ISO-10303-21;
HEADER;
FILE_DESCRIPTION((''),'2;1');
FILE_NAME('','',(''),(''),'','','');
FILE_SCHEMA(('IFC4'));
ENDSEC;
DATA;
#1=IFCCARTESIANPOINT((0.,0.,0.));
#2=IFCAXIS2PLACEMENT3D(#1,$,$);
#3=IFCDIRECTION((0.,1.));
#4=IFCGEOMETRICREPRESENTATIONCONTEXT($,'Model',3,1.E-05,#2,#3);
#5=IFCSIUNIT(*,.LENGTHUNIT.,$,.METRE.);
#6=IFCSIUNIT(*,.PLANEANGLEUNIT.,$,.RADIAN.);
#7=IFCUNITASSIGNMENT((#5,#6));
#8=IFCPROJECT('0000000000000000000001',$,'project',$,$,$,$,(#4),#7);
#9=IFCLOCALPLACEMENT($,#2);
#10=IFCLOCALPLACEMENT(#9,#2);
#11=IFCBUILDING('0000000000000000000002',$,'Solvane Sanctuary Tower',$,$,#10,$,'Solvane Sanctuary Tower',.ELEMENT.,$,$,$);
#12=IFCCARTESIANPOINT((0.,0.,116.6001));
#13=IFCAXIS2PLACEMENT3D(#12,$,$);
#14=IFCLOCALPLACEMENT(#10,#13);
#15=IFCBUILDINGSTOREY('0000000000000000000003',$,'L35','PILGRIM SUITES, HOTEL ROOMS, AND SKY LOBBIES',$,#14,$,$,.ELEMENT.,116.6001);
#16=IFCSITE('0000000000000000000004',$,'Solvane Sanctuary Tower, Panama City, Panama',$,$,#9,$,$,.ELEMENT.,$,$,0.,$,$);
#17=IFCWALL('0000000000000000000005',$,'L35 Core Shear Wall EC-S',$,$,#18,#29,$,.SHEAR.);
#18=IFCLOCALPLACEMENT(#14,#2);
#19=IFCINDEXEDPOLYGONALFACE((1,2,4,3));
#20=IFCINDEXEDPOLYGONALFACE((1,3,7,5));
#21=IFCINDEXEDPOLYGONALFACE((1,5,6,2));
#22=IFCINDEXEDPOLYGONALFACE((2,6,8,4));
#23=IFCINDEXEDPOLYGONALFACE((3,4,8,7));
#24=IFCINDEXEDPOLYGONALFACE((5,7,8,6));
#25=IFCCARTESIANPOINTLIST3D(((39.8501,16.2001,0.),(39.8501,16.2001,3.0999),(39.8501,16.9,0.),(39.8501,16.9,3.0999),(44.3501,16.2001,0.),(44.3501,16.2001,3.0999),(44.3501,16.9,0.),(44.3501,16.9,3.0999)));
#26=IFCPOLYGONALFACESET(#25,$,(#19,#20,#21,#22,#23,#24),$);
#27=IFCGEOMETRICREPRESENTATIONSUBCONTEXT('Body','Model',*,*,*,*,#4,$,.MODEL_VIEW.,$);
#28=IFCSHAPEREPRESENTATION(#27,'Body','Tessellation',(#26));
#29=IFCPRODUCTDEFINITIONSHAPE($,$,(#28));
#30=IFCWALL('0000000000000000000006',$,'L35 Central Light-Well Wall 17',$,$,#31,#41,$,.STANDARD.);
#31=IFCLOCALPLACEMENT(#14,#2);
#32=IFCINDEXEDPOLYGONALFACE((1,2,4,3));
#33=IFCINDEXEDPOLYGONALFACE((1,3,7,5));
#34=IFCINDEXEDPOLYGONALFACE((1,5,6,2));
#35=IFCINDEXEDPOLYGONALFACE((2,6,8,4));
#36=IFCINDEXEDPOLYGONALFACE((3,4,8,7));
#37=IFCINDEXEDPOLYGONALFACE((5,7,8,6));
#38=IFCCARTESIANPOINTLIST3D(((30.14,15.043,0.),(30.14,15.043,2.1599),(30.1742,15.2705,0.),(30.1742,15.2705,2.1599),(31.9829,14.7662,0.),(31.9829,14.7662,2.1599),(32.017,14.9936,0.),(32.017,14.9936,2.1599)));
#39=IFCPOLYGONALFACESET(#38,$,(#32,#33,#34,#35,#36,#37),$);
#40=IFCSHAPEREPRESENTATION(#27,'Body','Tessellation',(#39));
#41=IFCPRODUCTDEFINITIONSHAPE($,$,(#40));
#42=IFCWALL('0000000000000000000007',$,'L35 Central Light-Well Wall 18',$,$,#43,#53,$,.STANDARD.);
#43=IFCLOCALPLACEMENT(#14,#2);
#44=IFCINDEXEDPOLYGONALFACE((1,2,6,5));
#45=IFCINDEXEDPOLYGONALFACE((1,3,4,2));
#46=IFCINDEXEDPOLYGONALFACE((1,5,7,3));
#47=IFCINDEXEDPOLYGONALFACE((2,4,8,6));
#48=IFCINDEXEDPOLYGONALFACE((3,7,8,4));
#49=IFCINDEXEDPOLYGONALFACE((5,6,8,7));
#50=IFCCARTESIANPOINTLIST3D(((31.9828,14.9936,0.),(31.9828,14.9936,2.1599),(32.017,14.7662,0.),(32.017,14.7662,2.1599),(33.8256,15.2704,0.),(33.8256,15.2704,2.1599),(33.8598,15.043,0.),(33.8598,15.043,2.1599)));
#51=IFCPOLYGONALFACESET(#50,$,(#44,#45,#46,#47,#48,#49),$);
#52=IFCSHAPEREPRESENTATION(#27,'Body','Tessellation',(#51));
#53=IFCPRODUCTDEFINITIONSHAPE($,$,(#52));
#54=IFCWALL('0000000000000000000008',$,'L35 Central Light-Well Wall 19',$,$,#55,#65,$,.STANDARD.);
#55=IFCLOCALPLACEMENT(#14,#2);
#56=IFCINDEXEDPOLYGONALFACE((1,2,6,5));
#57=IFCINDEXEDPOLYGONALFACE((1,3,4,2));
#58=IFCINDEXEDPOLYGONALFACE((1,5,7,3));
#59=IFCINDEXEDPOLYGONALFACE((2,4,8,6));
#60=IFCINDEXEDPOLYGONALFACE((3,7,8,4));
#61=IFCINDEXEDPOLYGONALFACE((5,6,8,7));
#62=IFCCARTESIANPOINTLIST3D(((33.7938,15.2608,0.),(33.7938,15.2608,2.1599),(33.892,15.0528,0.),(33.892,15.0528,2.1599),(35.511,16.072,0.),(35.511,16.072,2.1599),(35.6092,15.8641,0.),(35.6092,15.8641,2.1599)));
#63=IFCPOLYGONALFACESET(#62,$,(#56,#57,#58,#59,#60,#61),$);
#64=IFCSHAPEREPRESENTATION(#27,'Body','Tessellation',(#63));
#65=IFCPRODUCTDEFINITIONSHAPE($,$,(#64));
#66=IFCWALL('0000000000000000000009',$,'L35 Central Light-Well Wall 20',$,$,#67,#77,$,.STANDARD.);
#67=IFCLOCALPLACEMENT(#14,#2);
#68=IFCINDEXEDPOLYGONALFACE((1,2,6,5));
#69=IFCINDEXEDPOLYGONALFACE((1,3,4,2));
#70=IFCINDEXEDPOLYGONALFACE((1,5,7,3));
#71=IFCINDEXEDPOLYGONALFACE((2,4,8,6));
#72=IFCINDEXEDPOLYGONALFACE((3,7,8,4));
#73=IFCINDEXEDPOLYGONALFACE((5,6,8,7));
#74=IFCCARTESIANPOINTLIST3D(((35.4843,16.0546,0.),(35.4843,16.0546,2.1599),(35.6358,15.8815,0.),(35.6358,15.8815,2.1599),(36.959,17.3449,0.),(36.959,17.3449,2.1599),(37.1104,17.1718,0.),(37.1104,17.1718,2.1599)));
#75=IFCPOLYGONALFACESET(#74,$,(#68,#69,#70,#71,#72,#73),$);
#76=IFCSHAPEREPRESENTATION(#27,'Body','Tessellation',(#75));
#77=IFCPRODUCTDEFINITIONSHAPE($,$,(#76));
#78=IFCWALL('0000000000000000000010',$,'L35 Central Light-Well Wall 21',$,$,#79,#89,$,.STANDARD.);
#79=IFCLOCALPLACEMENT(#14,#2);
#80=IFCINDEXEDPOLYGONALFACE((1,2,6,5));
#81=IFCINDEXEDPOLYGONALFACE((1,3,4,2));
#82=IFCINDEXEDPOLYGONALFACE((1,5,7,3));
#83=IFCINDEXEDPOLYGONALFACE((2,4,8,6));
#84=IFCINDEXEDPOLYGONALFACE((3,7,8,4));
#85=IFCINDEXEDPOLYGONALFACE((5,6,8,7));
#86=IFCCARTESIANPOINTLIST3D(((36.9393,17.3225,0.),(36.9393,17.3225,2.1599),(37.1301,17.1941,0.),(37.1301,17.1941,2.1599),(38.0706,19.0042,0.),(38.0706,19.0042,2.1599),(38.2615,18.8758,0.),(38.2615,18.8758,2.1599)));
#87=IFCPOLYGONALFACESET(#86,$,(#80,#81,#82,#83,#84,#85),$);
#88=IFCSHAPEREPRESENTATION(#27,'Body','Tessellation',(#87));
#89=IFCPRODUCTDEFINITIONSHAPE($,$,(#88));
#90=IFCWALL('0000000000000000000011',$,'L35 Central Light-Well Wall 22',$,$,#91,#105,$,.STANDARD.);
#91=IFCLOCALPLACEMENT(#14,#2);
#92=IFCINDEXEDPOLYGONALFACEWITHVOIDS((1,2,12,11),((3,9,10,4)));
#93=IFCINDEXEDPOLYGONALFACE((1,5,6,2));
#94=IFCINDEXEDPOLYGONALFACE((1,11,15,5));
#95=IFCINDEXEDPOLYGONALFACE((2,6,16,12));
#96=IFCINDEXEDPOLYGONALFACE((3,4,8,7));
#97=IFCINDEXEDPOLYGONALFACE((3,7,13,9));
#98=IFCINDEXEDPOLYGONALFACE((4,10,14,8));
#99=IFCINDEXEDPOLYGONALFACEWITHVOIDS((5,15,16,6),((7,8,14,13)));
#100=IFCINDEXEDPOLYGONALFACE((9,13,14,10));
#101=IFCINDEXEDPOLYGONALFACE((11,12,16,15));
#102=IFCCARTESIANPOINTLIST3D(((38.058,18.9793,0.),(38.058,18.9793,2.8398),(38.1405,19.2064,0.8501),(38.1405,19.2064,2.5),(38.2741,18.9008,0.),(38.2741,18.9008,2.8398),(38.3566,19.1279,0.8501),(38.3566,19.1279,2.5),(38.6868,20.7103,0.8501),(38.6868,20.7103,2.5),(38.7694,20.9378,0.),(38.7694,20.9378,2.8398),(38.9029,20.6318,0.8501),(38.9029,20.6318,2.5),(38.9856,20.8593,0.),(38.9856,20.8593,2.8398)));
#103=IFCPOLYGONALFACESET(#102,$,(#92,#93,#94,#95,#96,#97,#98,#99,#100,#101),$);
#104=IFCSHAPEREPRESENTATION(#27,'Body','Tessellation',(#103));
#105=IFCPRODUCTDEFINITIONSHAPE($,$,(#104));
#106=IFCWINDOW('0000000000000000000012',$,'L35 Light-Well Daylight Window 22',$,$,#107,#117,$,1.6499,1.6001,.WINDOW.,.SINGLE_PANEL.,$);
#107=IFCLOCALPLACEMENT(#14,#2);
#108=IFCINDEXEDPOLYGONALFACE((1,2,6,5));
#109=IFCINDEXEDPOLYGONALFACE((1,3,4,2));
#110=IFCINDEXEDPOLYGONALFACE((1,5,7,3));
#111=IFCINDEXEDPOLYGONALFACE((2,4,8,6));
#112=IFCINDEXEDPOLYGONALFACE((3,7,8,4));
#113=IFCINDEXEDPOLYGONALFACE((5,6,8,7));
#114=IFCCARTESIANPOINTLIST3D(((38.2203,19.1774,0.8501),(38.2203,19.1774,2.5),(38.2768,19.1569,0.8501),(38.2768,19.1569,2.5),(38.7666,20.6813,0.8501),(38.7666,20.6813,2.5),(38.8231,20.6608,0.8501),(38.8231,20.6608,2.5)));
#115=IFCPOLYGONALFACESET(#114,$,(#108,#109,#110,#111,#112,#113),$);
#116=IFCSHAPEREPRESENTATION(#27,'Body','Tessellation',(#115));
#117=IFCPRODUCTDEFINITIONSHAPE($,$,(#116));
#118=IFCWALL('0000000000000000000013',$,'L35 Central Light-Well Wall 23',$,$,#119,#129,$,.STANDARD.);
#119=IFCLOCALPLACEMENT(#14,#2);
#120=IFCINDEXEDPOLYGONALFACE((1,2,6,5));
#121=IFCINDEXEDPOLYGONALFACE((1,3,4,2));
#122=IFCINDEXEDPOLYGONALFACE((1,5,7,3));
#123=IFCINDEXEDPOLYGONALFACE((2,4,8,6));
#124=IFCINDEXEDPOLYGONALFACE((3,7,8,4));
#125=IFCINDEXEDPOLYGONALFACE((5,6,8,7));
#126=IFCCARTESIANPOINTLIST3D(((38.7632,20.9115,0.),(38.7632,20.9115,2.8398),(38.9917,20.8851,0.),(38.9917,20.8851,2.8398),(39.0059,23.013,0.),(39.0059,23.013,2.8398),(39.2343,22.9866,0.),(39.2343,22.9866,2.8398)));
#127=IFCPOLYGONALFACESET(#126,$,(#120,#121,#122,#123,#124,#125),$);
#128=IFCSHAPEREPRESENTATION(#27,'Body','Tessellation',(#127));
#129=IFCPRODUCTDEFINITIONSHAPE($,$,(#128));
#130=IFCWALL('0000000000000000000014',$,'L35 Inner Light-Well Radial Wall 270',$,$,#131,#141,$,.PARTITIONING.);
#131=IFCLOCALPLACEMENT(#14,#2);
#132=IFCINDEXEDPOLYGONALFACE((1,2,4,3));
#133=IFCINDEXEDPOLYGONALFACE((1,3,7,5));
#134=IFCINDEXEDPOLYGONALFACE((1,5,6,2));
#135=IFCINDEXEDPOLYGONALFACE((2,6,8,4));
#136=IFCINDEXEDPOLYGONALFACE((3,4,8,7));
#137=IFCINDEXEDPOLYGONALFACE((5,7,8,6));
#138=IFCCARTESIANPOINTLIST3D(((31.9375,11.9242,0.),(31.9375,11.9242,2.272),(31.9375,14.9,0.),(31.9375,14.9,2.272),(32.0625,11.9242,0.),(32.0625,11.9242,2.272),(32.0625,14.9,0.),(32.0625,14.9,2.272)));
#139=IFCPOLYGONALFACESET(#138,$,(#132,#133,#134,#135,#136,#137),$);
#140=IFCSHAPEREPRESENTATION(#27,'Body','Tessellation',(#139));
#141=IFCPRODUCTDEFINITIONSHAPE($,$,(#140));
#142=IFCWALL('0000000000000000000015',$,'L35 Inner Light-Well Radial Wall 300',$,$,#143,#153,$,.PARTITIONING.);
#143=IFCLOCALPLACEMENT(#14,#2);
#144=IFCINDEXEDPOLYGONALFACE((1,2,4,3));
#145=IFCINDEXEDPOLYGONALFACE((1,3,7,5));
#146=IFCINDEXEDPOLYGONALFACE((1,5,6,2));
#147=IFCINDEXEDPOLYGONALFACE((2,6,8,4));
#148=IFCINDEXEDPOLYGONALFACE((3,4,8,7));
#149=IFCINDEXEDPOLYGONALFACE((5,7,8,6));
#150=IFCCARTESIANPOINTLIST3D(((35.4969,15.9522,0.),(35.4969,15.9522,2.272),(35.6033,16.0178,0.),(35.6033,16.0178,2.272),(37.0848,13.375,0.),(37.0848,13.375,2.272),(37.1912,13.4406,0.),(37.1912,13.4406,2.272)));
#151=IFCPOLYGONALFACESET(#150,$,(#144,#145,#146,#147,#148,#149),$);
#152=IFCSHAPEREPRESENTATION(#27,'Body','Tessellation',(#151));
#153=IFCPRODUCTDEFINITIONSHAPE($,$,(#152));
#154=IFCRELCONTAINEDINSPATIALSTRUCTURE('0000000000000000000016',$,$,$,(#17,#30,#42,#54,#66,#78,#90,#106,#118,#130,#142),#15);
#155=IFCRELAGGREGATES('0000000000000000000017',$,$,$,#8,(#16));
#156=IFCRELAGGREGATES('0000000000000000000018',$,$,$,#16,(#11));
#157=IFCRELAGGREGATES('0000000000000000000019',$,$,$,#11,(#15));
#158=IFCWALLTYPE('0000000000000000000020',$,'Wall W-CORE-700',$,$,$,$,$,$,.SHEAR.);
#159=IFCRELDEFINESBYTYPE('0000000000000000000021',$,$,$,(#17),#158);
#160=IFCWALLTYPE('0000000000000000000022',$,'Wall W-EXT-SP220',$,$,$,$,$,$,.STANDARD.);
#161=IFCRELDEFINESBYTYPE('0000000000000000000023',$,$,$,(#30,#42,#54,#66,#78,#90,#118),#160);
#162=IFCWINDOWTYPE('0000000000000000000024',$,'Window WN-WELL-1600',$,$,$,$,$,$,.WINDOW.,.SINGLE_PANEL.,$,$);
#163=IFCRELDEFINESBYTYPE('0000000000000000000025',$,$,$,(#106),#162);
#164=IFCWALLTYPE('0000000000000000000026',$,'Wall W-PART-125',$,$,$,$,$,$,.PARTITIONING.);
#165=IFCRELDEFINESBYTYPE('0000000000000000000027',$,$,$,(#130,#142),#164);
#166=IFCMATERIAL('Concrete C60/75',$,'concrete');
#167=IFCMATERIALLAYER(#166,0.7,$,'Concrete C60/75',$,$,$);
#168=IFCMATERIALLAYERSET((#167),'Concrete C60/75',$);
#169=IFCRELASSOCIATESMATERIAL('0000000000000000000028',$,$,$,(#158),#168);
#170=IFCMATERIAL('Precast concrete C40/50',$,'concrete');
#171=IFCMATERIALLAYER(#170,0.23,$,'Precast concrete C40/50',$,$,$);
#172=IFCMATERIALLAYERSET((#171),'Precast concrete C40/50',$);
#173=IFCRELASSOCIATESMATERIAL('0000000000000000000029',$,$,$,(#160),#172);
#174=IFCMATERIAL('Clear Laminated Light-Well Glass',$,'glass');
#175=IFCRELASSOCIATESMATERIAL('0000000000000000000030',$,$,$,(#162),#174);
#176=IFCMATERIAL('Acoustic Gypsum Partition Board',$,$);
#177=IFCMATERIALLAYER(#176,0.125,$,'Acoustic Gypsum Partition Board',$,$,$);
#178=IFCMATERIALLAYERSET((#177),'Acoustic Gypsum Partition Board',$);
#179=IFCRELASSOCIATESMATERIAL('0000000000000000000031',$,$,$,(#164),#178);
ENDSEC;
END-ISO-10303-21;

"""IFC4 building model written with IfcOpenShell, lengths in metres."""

from ifc_helpers import new_model, si_unit, direction, frame, frame_2d, origin, place, context, subcontext, project, spatial, rectangle, extrude, material, layer, layer_set, type_object, element, fill, save


model = new_model("IFC4")

# Units and contexts
model_context = context("Model", 3, precision=1e-05, world=origin(), true_north=direction((0.0, 1.0)))
body_context = subcontext(model_context, "Body", "Model", "MODEL_VIEW")
ifc_project = project(units=[si_unit("LENGTHUNIT", "METRE"), si_unit("PLANEANGLEUNIT", "RADIAN")], contexts=[model_context])

# Site, building, storey
site_placement = place(None, origin())
site = spatial("IfcSite", under=ifc_project, at=site_placement, Name="Solvane Sanctuary Tower, Panama City, Panama", CompositionType="ELEMENT", RefElevation=0.0)
building_placement = place(site_placement, origin())
building = spatial("IfcBuilding", under=site, at=building_placement, Name="Solvane Sanctuary Tower", LongName="Solvane Sanctuary Tower", CompositionType="ELEMENT")
storey_placement = place(building_placement, frame((0.0, 0.0, 116.6001)))
storey = spatial("IfcBuildingStorey", under=building, at=storey_placement, Name="L35", Description="PILGRIM SUITES, HOTEL ROOMS, AND SKY LOBBIES", CompositionType="ELEMENT", Elevation=116.6001)

# Shared definitions
ifc_material_1 = material(Name="Concrete C60/75", Category="concrete")

# Walls
ifc_layer_1 = layer(ifc_material_1, 0.7, Name="Concrete C60/75")
ifc_layer_set_1 = layer_set([ifc_layer_1], Name="Concrete C60/75")
wall_type_1 = type_object("IfcWallType", Name="Wall W-CORE-700", PredefinedType="SHEAR", material=ifc_layer_set_1)
wall_1_placement = place(storey_placement, frame((39.8501, 16.55, 0.0), z_axis=(0.0, 0.0, 1.0), x_axis=(1.0, 0.0, 0.0)))
element("IfcWall", 1, at=wall_1_placement, inside=storey, type_object=wall_type_1, Name="L35 Core Shear Wall EC-S", PredefinedType="SHEAR", context=body_context, shape_type="SweptSolid", body=[
    extrude(rectangle(XDim=4.5, YDim=0.7, at=frame_2d((2.25, 0.0))), origin(), (0.0, 0.0, 1.0), 3.0999),
])
ifc_material_2 = material(Name="Precast concrete C40/50", Category="concrete")
ifc_layer_2 = layer(ifc_material_2, 0.23, Name="Precast concrete C40/50")
ifc_layer_set_2 = layer_set([ifc_layer_2], Name="Precast concrete C40/50")
wall_type_2 = type_object("IfcWallType", Name="Wall W-EXT-SP220", PredefinedType="STANDARD", material=ifc_layer_set_2)
for number, where, z_axis, x_axis, name in (
    (2, (30.1572, 15.1567, 0.0), (0.0, 0.0, 1.0), (0.988902, -0.148571, 0.0), "L35 Central Light-Well Wall 17"),
    (3, (32.0, 14.8799, 0.0), (0.0, 0.0, 1.0), (0.988902, 0.148571, 0.0), "L35 Central Light-Well Wall 18"),
):
    element("IfcWall", number, at=place(storey_placement, frame(where, z_axis=z_axis, x_axis=x_axis)), inside=storey, type_object=wall_type_2, Name=name, PredefinedType="STANDARD", context=body_context, shape_type="SweptSolid", body=[
        extrude(rectangle(XDim=1.8635, YDim=0.23, at=frame_2d((0.9316, 0.0))), origin(), (0.0, 0.0, 1.0), 2.1599),
    ])
wall_2_placement = place(storey_placement, frame((33.8428, 15.1567, 0.0), z_axis=(0.0, 0.0, 1.0), x_axis=(0.90418, 0.427152, 0.0)))
element("IfcWall", 4, at=wall_2_placement, inside=storey, type_object=wall_type_2, Name="L35 Central Light-Well Wall 19", PredefinedType="STANDARD", context=body_context, shape_type="SweptSolid", body=[
    extrude(rectangle(XDim=1.8992, YDim=0.23, at=frame_2d((0.9497, 0.0))), origin(), (0.0, 0.0, 1.0), 2.1599),
])
wall_3_placement = place(storey_placement, frame((35.5601, 15.968, 0.0), z_axis=(0.0, 0.0, 1.0), x_axis=(0.752577, 0.658505, 0.0)))
element("IfcWall", 5, at=wall_3_placement, inside=storey, type_object=wall_type_2, Name="L35 Central Light-Well Wall 20", PredefinedType="STANDARD", context=body_context, shape_type="SweptSolid", body=[
    extrude(rectangle(XDim=1.9595, YDim=0.23, at=frame_2d((0.9797, 0.0))), origin(), (0.0, 0.0, 1.0), 2.1599),
])
wall_4_placement = place(storey_placement, frame((37.0347, 17.2583, 0.0), z_axis=(0.0, 0.0, 1.0), x_axis=(0.558198, 0.829708, 0.0)))
element("IfcWall", 6, at=wall_4_placement, inside=storey, type_object=wall_type_2, Name="L35 Central Light-Well Wall 21", PredefinedType="STANDARD", context=body_context, shape_type="SweptSolid", body=[
    extrude(rectangle(XDim=2.0269, YDim=0.23, at=frame_2d((1.0134, 0.0))), origin(), (0.0, 0.0, 1.0), 2.1599),
])

# Wall, opening, window
wall_5_placement = place(storey_placement, frame((38.166, 18.9399, 0.0), z_axis=(0.0, 0.0, 1.0), x_axis=(0.341423, 0.93991, 0.0)))
wall_5 = element("IfcWall", 7, at=wall_5_placement, inside=storey, type_object=wall_type_2, Name="L35 Central Light-Well Wall 22", PredefinedType="STANDARD", context=body_context, shape_type="SweptSolid", body=[
    extrude(rectangle(XDim=2.0837, YDim=0.23, at=frame_2d((1.042, 0.0))), origin(), (0.0, 0.0, 1.0), 2.8398),
])
opening_placement = place(wall_5_placement, frame((0.2417, 0.0, 0.8501)))
opening = element("IfcOpeningElement", 8, at=opening_placement, cuts=wall_5, PredefinedType="OPENING", context=body_context, shape_type="SweptSolid", body=[
    extrude(rectangle(XDim=1.6001, YDim=1.6499, at=frame_2d((0.8, 0.825))), frame((0.0, 0.125, 0.0), z_axis=(0.0, -1.0, 0.0), x_axis=(1.0, 0.0, 0.0)), (0.0, 0.0, 1.0), 0.25),
])
ifc_material_3 = material(Name="Clear Laminated Light-Well Glass", Category="glass")
window_type = type_object("IfcWindowType", Name="Window WN-WELL-1600", PartitioningType="SINGLE_PANEL", PredefinedType="WINDOW", material=ifc_material_3)
window_placement = place(opening_placement, origin())
window = element("IfcWindow", 9, at=window_placement, inside=storey, type_object=window_type, Name="L35 Light-Well Daylight Window 22", OverallHeight=1.6499, OverallWidth=1.6001, PartitioningType="SINGLE_PANEL", PredefinedType="WINDOW", context=body_context, shape_type="SweptSolid", body=[
    extrude(rectangle(XDim=1.6001, YDim=1.6499, at=frame_2d((0.8, 0.825))), frame((0.0, 0.03, 0.0), z_axis=(0.0, -1.0, 0.0), x_axis=(1.0, 0.0, 0.0)), (0.0, 0.0, 1.0), 0.0601),
])
fill(opening, window)

# Walls
wall_6_placement = place(storey_placement, frame((38.8774, 20.8984, 0.0), z_axis=(0.0, 0.0, 1.0), x_axis=(0.114712, 0.993399, 0.0)))
element("IfcWall", 10, at=wall_6_placement, inside=storey, type_object=wall_type_2, Name="L35 Central Light-Well Wall 23", PredefinedType="STANDARD", context=body_context, shape_type="SweptSolid", body=[
    extrude(rectangle(XDim=2.1155, YDim=0.23, at=frame_2d((1.0576, 0.0))), origin(), (0.0, 0.0, 1.0), 2.8398),
])
ifc_material_4 = material(Name="Acoustic Gypsum Partition Board")
ifc_layer_3 = layer(ifc_material_4, 0.125, Name="Acoustic Gypsum Partition Board")
ifc_layer_set_3 = layer_set([ifc_layer_3], Name="Acoustic Gypsum Partition Board")
wall_type_3 = type_object("IfcWallType", Name="Wall W-PART-125", PredefinedType="PARTITIONING", material=ifc_layer_set_3)
wall_7_placement = place(storey_placement, frame((32.0, 14.8999, 0.0), z_axis=(0.0, 0.0, 1.0), x_axis=(0.0, -1.0, 0.0)))
element("IfcWall", 11, at=wall_7_placement, inside=storey, type_object=wall_type_3, Name="L35 Inner Light-Well Radial Wall 270", PredefinedType="PARTITIONING", context=body_context, shape_type="SweptSolid", body=[
    extrude(rectangle(XDim=2.9758, YDim=0.125, at=frame_2d((1.4878, 0.0))), origin(), (0.0, 0.0, 1.0), 2.272),
])
wall_8_placement = place(storey_placement, frame((35.55, 15.9851, 0.0), z_axis=(0.0, 0.0, 1.0), x_axis=(0.524565, -0.85137, 0.0)))
element("IfcWall", 12, at=wall_8_placement, inside=storey, type_object=wall_type_3, Name="L35 Inner Light-Well Radial Wall 300", PredefinedType="PARTITIONING", context=body_context, shape_type="SweptSolid", body=[
    extrude(rectangle(XDim=3.0271, YDim=0.125, at=frame_2d((1.5137, 0.0))), origin(), (0.0, 0.0, 1.0), 2.272),
])

save(model, "model.ifc")
